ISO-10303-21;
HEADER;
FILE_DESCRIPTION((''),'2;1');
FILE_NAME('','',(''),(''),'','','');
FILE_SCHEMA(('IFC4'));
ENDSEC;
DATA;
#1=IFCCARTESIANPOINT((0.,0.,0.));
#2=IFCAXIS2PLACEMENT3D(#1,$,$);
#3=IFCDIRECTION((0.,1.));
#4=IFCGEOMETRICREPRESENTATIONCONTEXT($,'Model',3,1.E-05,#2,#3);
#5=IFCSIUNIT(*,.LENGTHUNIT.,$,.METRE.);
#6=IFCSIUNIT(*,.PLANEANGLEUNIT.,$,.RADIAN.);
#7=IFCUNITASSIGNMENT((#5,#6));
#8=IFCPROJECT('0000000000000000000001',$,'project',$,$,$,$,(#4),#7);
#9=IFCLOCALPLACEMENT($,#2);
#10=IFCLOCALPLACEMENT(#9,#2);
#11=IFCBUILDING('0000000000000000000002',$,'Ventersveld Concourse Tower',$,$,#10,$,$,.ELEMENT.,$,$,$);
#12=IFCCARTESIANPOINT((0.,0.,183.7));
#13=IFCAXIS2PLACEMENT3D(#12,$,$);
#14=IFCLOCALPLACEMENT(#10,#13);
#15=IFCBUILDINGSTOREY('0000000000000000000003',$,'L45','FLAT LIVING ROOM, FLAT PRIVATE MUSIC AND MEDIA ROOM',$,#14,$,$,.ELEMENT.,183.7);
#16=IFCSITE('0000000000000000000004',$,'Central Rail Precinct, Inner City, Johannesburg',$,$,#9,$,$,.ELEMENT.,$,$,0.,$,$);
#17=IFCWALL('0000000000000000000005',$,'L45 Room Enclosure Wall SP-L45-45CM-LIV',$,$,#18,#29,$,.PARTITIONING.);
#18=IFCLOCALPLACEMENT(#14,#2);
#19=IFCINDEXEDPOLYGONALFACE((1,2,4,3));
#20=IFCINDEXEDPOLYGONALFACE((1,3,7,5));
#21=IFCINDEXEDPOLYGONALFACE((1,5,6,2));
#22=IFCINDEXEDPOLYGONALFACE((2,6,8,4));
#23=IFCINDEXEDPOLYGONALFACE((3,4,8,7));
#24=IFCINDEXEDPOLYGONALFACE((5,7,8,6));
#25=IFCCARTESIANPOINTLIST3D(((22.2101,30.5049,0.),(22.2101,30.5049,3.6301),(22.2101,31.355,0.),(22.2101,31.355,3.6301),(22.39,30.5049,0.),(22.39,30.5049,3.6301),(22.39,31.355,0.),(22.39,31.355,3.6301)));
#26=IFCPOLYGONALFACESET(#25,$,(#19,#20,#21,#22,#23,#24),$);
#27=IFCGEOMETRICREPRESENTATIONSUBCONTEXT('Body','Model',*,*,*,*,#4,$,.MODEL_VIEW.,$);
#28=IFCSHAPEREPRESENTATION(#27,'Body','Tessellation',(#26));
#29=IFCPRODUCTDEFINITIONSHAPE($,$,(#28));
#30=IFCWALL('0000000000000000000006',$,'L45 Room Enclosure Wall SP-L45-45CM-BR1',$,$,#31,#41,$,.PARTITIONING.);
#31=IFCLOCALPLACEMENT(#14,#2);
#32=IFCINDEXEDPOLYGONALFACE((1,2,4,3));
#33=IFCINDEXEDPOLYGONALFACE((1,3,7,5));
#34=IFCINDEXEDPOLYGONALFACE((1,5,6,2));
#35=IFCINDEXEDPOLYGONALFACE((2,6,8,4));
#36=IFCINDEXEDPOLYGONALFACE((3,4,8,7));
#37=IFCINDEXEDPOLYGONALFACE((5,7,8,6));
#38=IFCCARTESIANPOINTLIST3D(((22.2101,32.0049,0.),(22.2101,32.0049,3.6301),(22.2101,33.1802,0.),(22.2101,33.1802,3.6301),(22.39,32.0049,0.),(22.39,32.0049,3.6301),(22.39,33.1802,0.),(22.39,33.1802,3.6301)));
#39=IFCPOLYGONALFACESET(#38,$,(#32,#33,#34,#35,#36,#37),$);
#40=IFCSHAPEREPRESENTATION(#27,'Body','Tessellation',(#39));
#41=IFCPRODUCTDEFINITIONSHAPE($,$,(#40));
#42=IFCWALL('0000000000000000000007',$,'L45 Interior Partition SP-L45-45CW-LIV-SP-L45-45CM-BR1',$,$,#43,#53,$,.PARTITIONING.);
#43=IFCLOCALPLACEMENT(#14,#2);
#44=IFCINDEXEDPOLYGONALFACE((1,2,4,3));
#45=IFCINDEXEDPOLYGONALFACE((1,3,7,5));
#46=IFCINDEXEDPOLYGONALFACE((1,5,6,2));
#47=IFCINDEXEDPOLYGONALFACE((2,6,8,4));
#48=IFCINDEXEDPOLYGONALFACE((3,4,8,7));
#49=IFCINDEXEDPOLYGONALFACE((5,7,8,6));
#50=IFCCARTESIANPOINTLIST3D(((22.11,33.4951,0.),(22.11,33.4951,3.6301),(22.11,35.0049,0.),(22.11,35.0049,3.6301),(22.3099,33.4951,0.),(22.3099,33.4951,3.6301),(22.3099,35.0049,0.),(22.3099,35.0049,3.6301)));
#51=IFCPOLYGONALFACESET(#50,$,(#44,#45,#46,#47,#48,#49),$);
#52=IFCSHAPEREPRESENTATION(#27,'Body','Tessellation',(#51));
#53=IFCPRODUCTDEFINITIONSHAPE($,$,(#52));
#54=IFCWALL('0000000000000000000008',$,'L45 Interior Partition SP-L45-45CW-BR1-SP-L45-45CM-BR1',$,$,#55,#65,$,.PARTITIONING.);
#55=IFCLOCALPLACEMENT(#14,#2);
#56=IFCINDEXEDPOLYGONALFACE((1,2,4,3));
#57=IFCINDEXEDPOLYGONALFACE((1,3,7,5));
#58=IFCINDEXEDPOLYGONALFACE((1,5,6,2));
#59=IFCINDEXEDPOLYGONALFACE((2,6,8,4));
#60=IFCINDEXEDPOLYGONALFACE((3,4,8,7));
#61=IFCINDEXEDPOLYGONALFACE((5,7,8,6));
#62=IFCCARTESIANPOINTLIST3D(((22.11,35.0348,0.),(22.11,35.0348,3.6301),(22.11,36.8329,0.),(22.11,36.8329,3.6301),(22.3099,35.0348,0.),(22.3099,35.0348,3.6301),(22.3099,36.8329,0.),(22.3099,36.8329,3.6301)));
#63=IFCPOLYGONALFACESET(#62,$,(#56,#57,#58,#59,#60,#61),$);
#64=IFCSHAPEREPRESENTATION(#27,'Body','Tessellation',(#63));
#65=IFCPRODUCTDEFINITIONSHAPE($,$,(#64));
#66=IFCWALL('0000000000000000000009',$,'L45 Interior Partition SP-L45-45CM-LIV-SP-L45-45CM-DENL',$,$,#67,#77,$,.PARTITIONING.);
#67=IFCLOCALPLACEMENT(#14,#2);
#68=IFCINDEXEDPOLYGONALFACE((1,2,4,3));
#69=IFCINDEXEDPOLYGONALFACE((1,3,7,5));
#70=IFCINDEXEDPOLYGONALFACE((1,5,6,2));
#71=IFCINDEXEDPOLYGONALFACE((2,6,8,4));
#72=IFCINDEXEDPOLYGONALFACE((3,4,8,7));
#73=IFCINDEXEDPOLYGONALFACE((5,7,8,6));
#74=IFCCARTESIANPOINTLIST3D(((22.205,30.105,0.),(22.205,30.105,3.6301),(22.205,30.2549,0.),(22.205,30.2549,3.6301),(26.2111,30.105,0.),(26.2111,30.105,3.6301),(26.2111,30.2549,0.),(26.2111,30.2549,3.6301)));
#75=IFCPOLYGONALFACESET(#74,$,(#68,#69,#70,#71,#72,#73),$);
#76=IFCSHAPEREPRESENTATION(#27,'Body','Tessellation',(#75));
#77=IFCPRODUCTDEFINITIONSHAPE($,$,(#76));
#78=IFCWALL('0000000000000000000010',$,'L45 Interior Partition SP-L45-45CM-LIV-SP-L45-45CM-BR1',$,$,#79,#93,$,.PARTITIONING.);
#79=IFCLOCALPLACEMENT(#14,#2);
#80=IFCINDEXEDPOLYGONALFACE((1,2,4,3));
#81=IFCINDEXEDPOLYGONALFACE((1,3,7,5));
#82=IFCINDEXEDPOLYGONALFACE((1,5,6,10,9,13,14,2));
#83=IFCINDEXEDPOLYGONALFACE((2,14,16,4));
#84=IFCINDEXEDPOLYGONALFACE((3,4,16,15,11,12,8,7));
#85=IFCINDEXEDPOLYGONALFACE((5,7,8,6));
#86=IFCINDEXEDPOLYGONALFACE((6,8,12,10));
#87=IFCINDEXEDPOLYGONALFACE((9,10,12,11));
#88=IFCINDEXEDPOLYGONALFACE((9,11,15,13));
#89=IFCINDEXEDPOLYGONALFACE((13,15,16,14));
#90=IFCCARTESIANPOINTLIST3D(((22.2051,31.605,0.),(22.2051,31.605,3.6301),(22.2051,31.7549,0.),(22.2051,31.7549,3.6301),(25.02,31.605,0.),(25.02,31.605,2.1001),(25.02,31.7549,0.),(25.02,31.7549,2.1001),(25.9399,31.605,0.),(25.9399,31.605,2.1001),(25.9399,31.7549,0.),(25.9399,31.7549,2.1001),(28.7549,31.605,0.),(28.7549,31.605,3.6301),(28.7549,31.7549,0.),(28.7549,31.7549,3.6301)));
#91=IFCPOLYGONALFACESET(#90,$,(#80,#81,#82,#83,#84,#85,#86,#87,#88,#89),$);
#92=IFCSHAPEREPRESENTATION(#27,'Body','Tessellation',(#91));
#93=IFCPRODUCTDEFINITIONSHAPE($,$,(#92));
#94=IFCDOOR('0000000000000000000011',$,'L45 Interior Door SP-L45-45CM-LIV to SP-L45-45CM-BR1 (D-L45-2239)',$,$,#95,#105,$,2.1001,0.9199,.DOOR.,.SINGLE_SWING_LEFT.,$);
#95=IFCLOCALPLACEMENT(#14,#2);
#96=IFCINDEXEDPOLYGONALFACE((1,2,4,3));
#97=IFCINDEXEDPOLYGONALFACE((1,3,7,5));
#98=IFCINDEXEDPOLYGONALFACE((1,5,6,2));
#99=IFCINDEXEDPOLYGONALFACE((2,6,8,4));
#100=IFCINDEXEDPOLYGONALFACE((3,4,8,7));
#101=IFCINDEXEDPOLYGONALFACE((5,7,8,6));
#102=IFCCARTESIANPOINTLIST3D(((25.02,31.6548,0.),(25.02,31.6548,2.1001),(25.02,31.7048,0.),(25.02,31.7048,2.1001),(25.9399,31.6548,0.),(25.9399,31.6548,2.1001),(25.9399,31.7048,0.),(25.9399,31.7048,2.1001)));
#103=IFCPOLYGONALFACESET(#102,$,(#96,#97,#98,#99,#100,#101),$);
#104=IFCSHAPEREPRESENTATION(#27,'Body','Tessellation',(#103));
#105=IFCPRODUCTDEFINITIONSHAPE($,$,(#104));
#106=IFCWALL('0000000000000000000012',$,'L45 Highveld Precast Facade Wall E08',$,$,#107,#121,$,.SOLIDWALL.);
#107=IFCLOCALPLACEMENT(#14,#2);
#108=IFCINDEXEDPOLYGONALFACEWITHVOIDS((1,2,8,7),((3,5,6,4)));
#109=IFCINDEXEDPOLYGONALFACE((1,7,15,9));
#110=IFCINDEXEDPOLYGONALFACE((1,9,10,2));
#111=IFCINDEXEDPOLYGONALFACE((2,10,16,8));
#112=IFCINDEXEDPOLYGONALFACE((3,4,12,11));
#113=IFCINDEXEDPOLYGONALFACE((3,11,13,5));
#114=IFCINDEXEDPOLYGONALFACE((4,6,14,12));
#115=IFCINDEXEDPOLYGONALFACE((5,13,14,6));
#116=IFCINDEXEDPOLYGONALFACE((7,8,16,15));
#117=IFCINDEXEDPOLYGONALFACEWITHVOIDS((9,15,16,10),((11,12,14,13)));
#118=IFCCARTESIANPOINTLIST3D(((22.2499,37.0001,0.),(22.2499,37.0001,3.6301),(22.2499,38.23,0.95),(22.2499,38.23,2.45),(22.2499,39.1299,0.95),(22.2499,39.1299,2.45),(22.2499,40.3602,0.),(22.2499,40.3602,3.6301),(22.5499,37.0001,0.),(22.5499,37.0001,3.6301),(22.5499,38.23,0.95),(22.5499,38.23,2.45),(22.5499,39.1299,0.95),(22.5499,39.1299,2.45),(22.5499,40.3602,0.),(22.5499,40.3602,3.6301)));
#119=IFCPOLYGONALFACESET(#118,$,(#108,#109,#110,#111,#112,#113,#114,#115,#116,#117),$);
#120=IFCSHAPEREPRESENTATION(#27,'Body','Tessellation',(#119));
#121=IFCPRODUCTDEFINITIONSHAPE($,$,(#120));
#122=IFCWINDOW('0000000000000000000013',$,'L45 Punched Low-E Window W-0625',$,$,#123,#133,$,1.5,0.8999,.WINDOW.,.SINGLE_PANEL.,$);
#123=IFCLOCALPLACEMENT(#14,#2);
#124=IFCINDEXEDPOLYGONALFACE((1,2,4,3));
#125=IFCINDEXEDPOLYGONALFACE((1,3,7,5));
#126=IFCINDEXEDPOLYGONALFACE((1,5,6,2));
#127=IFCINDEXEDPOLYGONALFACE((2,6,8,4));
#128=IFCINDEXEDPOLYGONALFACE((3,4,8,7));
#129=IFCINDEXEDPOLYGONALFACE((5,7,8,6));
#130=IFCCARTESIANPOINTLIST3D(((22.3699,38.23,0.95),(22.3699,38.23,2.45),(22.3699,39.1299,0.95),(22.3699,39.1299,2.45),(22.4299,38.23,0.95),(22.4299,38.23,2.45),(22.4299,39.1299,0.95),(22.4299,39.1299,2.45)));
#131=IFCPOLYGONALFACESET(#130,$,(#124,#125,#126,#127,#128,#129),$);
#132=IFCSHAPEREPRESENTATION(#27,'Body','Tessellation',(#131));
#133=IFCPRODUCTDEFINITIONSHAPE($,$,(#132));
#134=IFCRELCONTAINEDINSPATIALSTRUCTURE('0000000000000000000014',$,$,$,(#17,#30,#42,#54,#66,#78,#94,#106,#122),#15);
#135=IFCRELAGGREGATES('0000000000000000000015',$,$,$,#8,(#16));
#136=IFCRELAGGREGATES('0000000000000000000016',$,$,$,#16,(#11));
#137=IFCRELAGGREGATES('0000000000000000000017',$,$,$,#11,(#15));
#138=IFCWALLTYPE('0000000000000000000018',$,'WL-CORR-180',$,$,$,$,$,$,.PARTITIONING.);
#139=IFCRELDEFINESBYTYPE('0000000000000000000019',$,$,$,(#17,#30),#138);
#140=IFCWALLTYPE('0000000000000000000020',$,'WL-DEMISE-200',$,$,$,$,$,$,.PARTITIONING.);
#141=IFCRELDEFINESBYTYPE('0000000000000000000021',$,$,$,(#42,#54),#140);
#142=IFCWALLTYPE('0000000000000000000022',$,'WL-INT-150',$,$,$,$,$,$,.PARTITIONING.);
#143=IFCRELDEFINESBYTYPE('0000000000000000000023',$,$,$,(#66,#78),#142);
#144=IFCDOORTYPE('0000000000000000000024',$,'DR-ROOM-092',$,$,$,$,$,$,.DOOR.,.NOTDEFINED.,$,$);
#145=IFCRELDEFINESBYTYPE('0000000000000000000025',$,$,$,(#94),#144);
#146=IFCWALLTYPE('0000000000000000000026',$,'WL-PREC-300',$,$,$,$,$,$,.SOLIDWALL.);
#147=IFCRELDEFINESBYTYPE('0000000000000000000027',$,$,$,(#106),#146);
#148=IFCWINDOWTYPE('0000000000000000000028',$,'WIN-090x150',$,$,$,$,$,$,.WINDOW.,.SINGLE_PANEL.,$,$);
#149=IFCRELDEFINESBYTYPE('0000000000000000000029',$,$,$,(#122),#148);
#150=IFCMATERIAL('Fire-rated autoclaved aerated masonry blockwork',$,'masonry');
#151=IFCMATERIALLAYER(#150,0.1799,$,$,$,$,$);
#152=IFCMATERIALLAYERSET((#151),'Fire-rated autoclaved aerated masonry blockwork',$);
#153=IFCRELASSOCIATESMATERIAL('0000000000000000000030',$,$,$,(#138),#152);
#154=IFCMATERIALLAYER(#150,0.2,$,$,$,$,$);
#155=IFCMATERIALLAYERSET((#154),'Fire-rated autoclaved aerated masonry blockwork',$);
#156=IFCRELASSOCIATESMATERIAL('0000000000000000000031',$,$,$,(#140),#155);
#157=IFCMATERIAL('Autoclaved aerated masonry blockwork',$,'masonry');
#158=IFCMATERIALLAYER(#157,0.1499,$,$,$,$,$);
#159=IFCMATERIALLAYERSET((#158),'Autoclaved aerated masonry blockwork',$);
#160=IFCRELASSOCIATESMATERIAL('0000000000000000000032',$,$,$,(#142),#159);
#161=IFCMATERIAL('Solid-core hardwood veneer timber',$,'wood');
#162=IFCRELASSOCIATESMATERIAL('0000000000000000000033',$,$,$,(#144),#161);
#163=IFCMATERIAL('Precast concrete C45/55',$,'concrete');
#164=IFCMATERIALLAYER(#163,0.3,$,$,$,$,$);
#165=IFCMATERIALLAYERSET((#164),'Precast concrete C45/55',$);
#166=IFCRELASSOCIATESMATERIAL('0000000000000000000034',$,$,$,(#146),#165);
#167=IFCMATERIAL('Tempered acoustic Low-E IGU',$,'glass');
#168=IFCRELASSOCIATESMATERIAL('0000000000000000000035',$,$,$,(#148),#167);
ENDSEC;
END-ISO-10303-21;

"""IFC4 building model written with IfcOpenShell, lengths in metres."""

from ifc_helpers import new_model, si_unit, direction, frame, frame_2d, origin, place, context, subcontext, project, spatial, rectangle, extrude, material, layer, layer_set, type_object, element, fill, save


model = new_model("IFC4")

# Units and contexts
model_context = context("Model", 3, precision=1e-05, world=origin(), true_north=direction((0.0, 1.0)))
body_context = subcontext(model_context, "Body", "Model", "MODEL_VIEW")
ifc_project = project(units=[si_unit("LENGTHUNIT", "METRE"), si_unit("PLANEANGLEUNIT", "RADIAN")], contexts=[model_context])

# Site, building, storey
site_placement = place(None, origin())
site = spatial("IfcSite", under=ifc_project, at=site_placement, Name="Central Rail Precinct, Inner City, Johannesburg", CompositionType="ELEMENT", RefElevation=0.0)
building_placement = place(site_placement, origin())
building = spatial("IfcBuilding", under=site, at=building_placement, Name="Ventersveld Concourse Tower", CompositionType="ELEMENT")
storey_placement = place(building_placement, frame((0.0, 0.0, 183.7)))
storey = spatial("IfcBuildingStorey", under=building, at=storey_placement, Name="L45", Description="FLAT LIVING ROOM, FLAT PRIVATE MUSIC AND MEDIA ROOM", CompositionType="ELEMENT", Elevation=183.7)

# Walls
ifc_material_1 = material(Name="Fire-rated autoclaved aerated masonry blockwork", Category="masonry")
ifc_layer_1 = layer(ifc_material_1, 0.1799)
ifc_layer_set_1 = layer_set([ifc_layer_1], Name="Fire-rated autoclaved aerated masonry blockwork")
wall_type_1 = type_object("IfcWallType", Name="WL-CORR-180", PredefinedType="PARTITIONING", material=ifc_layer_set_1)
wall_1_placement = place(storey_placement, frame((22.3, 30.5049, 0.0), z_axis=(0.0, 0.0, 1.0), x_axis=(0.0, 1.0, 0.0)))
element("IfcWall", 1, at=wall_1_placement, inside=storey, type_object=wall_type_1, Name="L45 Room Enclosure Wall SP-L45-45CM-LIV", PredefinedType="PARTITIONING", context=body_context, shape_type="SweptSolid", body=[
    extrude(rectangle(XDim=0.8501, YDim=0.1799, at=frame_2d((0.425, 0.0))), origin(), (0.0, 0.0, 1.0), 3.6301),
])
wall_2_placement = place(storey_placement, frame((22.3, 32.0049, 0.0), z_axis=(0.0, 0.0, 1.0), x_axis=(0.0, 1.0, 0.0)))
element("IfcWall", 2, at=wall_2_placement, inside=storey, type_object=wall_type_1, Name="L45 Room Enclosure Wall SP-L45-45CM-BR1", PredefinedType="PARTITIONING", context=body_context, shape_type="SweptSolid", body=[
    extrude(rectangle(XDim=1.1753, YDim=0.1799, at=frame_2d((0.5876, 0.0))), origin(), (0.0, 0.0, 1.0), 3.6301),
])
ifc_layer_2 = layer(ifc_material_1, 0.2)
ifc_layer_set_2 = layer_set([ifc_layer_2], Name="Fire-rated autoclaved aerated masonry blockwork")
wall_type_2 = type_object("IfcWallType", Name="WL-DEMISE-200", PredefinedType="PARTITIONING", material=ifc_layer_set_2)
wall_3_placement = place(storey_placement, frame((22.21, 33.4951, 0.0), z_axis=(0.0, 0.0, 1.0), x_axis=(0.0, 1.0, 0.0)))
element("IfcWall", 3, at=wall_3_placement, inside=storey, type_object=wall_type_2, Name="L45 Interior Partition SP-L45-45CW-LIV-SP-L45-45CM-BR1", PredefinedType="PARTITIONING", context=body_context, shape_type="SweptSolid", body=[
    extrude(rectangle(XDim=1.5098, YDim=0.2, at=frame_2d((0.7549, 0.0))), origin(), (0.0, 0.0, 1.0), 3.6301),
])
wall_4_placement = place(storey_placement, frame((22.21, 35.0349, 0.0), z_axis=(0.0, 0.0, 1.0), x_axis=(0.0, 1.0, 0.0)))
element("IfcWall", 4, at=wall_4_placement, inside=storey, type_object=wall_type_2, Name="L45 Interior Partition SP-L45-45CW-BR1-SP-L45-45CM-BR1", PredefinedType="PARTITIONING", context=body_context, shape_type="SweptSolid", body=[
    extrude(rectangle(XDim=1.7981, YDim=0.2, at=frame_2d((0.8989, 0.0))), origin(), (0.0, 0.0, 1.0), 3.6301),
])
ifc_material_2 = material(Name="Autoclaved aerated masonry blockwork", Category="masonry")
ifc_layer_3 = layer(ifc_material_2, 0.1499)
ifc_layer_set_3 = layer_set([ifc_layer_3], Name="Autoclaved aerated masonry blockwork")
wall_type_3 = type_object("IfcWallType", Name="WL-INT-150", PredefinedType="PARTITIONING", material=ifc_layer_set_3)
wall_5_placement = place(storey_placement, frame((22.2051, 30.1799, 0.0), z_axis=(0.0, 0.0, 1.0), x_axis=(1.0, 0.0, 0.0)))
element("IfcWall", 5, at=wall_5_placement, inside=storey, type_object=wall_type_3, Name="L45 Interior Partition SP-L45-45CM-LIV-SP-L45-45CM-DENL", PredefinedType="PARTITIONING", context=body_context, shape_type="SweptSolid", body=[
    extrude(rectangle(XDim=4.0061, YDim=0.1499, at=frame_2d((2.0029, 0.0))), origin(), (0.0, 0.0, 1.0), 3.6301),
])

# Wall, opening, door
wall_6_placement = place(storey_placement, frame((22.2051, 31.6799, 0.0), z_axis=(0.0, 0.0, 1.0), x_axis=(1.0, 0.0, 0.0)))
wall_6 = element("IfcWall", 6, at=wall_6_placement, inside=storey, type_object=wall_type_3, Name="L45 Interior Partition SP-L45-45CM-LIV-SP-L45-45CM-BR1", PredefinedType="PARTITIONING", context=body_context, shape_type="SweptSolid", body=[
    extrude(rectangle(XDim=6.5498, YDim=0.1499, at=frame_2d((3.2749, 0.0))), origin(), (0.0, 0.0, 1.0), 3.6301),
])
opening_1_placement = place(wall_6_placement, frame((2.8149, 0.0, 0.0)))
opening_1 = element("IfcOpeningElement", 7, at=opening_1_placement, cuts=wall_6, PredefinedType="OPENING", context=body_context, shape_type="SweptSolid", body=[
    extrude(rectangle(XDim=0.9199, YDim=2.1001, at=frame_2d((0.46, 1.05))), frame((0.0, 0.085, 0.0), z_axis=(0.0, -1.0, 0.0), x_axis=(1.0, 0.0, 0.0)), (0.0, 0.0, 1.0), 0.1699),
])
ifc_material_3 = material(Name="Solid-core hardwood veneer timber", Category="wood")
door_type = type_object("IfcDoorType", Name="DR-ROOM-092", OperationType="NOTDEFINED", PredefinedType="DOOR", material=ifc_material_3)
door_placement = place(opening_1_placement, origin())
door = element("IfcDoor", 8, at=door_placement, inside=storey, type_object=door_type, Name="L45 Interior Door SP-L45-45CM-LIV to SP-L45-45CM-BR1 (D-L45-2239)", OperationType="SINGLE_SWING_LEFT", OverallHeight=2.1001, OverallWidth=0.9199, PredefinedType="DOOR", context=body_context, shape_type="SweptSolid", body=[
    extrude(rectangle(XDim=0.9199, YDim=2.1001, at=frame_2d((0.46, 1.05))), frame((0.0, 0.0249, 0.0), z_axis=(0.0, -1.0, 0.0), x_axis=(1.0, 0.0, 0.0)), (0.0, 0.0, 1.0), 0.05),
])
fill(opening_1, door)

# Wall, opening, window
ifc_material_4 = material(Name="Precast concrete C45/55", Category="concrete")
ifc_layer_4 = layer(ifc_material_4, 0.3)
ifc_layer_set_4 = layer_set([ifc_layer_4], Name="Precast concrete C45/55")
wall_type_4 = type_object("IfcWallType", Name="WL-PREC-300", PredefinedType="SOLIDWALL", material=ifc_layer_set_4)
wall_7_placement = place(storey_placement, frame((22.3999, 37.0, 0.0), z_axis=(0.0, 0.0, 1.0), x_axis=(0.0, 1.0, 0.0)))
wall_7 = element("IfcWall", 9, at=wall_7_placement, inside=storey, type_object=wall_type_4, Name="L45 Highveld Precast Facade Wall E08", PredefinedType="SOLIDWALL", context=body_context, shape_type="SweptSolid", body=[
    extrude(rectangle(XDim=3.3601, YDim=0.3, at=frame_2d((1.6802, 0.0))), origin(), (0.0, 0.0, 1.0), 3.6301),
])
opening_2_placement = place(wall_7_placement, frame((1.23, 0.0, 0.95)))
opening_2 = element("IfcOpeningElement", 10, at=opening_2_placement, cuts=wall_7, PredefinedType="OPENING", context=body_context, shape_type="SweptSolid", body=[
    extrude(rectangle(XDim=0.8999, YDim=1.5, at=frame_2d((0.45, 0.75))), frame((0.0, 0.1602, 0.0), z_axis=(0.0, -1.0, 0.0), x_axis=(1.0, 0.0, 0.0)), (0.0, 0.0, 1.0), 0.3201),
])
ifc_material_5 = material(Name="Tempered acoustic Low-E IGU", Category="glass")
window_type_1 = type_object("IfcWindowType", Name="WIN-090x150", PartitioningType="SINGLE_PANEL", PredefinedType="WINDOW", material=ifc_material_5)
window_1_placement = place(opening_2_placement, origin())
window_1 = element("IfcWindow", 11, at=window_1_placement, inside=storey, type_object=window_type_1, Name="L45 Punched Low-E Window W-0625", OverallHeight=1.5, OverallWidth=0.8999, PartitioningType="SINGLE_PANEL", PredefinedType="WINDOW", context=body_context, shape_type="SweptSolid", body=[
    extrude(rectangle(XDim=0.8999, YDim=1.5, at=frame_2d((0.45, 0.75))), frame((0.0, 0.03, 0.0), z_axis=(0.0, -1.0, 0.0), x_axis=(1.0, 0.0, 0.0)), (0.0, 0.0, 1.0), 0.0601),
])
fill(opening_2, window_1)

save(model, "model.ifc")
